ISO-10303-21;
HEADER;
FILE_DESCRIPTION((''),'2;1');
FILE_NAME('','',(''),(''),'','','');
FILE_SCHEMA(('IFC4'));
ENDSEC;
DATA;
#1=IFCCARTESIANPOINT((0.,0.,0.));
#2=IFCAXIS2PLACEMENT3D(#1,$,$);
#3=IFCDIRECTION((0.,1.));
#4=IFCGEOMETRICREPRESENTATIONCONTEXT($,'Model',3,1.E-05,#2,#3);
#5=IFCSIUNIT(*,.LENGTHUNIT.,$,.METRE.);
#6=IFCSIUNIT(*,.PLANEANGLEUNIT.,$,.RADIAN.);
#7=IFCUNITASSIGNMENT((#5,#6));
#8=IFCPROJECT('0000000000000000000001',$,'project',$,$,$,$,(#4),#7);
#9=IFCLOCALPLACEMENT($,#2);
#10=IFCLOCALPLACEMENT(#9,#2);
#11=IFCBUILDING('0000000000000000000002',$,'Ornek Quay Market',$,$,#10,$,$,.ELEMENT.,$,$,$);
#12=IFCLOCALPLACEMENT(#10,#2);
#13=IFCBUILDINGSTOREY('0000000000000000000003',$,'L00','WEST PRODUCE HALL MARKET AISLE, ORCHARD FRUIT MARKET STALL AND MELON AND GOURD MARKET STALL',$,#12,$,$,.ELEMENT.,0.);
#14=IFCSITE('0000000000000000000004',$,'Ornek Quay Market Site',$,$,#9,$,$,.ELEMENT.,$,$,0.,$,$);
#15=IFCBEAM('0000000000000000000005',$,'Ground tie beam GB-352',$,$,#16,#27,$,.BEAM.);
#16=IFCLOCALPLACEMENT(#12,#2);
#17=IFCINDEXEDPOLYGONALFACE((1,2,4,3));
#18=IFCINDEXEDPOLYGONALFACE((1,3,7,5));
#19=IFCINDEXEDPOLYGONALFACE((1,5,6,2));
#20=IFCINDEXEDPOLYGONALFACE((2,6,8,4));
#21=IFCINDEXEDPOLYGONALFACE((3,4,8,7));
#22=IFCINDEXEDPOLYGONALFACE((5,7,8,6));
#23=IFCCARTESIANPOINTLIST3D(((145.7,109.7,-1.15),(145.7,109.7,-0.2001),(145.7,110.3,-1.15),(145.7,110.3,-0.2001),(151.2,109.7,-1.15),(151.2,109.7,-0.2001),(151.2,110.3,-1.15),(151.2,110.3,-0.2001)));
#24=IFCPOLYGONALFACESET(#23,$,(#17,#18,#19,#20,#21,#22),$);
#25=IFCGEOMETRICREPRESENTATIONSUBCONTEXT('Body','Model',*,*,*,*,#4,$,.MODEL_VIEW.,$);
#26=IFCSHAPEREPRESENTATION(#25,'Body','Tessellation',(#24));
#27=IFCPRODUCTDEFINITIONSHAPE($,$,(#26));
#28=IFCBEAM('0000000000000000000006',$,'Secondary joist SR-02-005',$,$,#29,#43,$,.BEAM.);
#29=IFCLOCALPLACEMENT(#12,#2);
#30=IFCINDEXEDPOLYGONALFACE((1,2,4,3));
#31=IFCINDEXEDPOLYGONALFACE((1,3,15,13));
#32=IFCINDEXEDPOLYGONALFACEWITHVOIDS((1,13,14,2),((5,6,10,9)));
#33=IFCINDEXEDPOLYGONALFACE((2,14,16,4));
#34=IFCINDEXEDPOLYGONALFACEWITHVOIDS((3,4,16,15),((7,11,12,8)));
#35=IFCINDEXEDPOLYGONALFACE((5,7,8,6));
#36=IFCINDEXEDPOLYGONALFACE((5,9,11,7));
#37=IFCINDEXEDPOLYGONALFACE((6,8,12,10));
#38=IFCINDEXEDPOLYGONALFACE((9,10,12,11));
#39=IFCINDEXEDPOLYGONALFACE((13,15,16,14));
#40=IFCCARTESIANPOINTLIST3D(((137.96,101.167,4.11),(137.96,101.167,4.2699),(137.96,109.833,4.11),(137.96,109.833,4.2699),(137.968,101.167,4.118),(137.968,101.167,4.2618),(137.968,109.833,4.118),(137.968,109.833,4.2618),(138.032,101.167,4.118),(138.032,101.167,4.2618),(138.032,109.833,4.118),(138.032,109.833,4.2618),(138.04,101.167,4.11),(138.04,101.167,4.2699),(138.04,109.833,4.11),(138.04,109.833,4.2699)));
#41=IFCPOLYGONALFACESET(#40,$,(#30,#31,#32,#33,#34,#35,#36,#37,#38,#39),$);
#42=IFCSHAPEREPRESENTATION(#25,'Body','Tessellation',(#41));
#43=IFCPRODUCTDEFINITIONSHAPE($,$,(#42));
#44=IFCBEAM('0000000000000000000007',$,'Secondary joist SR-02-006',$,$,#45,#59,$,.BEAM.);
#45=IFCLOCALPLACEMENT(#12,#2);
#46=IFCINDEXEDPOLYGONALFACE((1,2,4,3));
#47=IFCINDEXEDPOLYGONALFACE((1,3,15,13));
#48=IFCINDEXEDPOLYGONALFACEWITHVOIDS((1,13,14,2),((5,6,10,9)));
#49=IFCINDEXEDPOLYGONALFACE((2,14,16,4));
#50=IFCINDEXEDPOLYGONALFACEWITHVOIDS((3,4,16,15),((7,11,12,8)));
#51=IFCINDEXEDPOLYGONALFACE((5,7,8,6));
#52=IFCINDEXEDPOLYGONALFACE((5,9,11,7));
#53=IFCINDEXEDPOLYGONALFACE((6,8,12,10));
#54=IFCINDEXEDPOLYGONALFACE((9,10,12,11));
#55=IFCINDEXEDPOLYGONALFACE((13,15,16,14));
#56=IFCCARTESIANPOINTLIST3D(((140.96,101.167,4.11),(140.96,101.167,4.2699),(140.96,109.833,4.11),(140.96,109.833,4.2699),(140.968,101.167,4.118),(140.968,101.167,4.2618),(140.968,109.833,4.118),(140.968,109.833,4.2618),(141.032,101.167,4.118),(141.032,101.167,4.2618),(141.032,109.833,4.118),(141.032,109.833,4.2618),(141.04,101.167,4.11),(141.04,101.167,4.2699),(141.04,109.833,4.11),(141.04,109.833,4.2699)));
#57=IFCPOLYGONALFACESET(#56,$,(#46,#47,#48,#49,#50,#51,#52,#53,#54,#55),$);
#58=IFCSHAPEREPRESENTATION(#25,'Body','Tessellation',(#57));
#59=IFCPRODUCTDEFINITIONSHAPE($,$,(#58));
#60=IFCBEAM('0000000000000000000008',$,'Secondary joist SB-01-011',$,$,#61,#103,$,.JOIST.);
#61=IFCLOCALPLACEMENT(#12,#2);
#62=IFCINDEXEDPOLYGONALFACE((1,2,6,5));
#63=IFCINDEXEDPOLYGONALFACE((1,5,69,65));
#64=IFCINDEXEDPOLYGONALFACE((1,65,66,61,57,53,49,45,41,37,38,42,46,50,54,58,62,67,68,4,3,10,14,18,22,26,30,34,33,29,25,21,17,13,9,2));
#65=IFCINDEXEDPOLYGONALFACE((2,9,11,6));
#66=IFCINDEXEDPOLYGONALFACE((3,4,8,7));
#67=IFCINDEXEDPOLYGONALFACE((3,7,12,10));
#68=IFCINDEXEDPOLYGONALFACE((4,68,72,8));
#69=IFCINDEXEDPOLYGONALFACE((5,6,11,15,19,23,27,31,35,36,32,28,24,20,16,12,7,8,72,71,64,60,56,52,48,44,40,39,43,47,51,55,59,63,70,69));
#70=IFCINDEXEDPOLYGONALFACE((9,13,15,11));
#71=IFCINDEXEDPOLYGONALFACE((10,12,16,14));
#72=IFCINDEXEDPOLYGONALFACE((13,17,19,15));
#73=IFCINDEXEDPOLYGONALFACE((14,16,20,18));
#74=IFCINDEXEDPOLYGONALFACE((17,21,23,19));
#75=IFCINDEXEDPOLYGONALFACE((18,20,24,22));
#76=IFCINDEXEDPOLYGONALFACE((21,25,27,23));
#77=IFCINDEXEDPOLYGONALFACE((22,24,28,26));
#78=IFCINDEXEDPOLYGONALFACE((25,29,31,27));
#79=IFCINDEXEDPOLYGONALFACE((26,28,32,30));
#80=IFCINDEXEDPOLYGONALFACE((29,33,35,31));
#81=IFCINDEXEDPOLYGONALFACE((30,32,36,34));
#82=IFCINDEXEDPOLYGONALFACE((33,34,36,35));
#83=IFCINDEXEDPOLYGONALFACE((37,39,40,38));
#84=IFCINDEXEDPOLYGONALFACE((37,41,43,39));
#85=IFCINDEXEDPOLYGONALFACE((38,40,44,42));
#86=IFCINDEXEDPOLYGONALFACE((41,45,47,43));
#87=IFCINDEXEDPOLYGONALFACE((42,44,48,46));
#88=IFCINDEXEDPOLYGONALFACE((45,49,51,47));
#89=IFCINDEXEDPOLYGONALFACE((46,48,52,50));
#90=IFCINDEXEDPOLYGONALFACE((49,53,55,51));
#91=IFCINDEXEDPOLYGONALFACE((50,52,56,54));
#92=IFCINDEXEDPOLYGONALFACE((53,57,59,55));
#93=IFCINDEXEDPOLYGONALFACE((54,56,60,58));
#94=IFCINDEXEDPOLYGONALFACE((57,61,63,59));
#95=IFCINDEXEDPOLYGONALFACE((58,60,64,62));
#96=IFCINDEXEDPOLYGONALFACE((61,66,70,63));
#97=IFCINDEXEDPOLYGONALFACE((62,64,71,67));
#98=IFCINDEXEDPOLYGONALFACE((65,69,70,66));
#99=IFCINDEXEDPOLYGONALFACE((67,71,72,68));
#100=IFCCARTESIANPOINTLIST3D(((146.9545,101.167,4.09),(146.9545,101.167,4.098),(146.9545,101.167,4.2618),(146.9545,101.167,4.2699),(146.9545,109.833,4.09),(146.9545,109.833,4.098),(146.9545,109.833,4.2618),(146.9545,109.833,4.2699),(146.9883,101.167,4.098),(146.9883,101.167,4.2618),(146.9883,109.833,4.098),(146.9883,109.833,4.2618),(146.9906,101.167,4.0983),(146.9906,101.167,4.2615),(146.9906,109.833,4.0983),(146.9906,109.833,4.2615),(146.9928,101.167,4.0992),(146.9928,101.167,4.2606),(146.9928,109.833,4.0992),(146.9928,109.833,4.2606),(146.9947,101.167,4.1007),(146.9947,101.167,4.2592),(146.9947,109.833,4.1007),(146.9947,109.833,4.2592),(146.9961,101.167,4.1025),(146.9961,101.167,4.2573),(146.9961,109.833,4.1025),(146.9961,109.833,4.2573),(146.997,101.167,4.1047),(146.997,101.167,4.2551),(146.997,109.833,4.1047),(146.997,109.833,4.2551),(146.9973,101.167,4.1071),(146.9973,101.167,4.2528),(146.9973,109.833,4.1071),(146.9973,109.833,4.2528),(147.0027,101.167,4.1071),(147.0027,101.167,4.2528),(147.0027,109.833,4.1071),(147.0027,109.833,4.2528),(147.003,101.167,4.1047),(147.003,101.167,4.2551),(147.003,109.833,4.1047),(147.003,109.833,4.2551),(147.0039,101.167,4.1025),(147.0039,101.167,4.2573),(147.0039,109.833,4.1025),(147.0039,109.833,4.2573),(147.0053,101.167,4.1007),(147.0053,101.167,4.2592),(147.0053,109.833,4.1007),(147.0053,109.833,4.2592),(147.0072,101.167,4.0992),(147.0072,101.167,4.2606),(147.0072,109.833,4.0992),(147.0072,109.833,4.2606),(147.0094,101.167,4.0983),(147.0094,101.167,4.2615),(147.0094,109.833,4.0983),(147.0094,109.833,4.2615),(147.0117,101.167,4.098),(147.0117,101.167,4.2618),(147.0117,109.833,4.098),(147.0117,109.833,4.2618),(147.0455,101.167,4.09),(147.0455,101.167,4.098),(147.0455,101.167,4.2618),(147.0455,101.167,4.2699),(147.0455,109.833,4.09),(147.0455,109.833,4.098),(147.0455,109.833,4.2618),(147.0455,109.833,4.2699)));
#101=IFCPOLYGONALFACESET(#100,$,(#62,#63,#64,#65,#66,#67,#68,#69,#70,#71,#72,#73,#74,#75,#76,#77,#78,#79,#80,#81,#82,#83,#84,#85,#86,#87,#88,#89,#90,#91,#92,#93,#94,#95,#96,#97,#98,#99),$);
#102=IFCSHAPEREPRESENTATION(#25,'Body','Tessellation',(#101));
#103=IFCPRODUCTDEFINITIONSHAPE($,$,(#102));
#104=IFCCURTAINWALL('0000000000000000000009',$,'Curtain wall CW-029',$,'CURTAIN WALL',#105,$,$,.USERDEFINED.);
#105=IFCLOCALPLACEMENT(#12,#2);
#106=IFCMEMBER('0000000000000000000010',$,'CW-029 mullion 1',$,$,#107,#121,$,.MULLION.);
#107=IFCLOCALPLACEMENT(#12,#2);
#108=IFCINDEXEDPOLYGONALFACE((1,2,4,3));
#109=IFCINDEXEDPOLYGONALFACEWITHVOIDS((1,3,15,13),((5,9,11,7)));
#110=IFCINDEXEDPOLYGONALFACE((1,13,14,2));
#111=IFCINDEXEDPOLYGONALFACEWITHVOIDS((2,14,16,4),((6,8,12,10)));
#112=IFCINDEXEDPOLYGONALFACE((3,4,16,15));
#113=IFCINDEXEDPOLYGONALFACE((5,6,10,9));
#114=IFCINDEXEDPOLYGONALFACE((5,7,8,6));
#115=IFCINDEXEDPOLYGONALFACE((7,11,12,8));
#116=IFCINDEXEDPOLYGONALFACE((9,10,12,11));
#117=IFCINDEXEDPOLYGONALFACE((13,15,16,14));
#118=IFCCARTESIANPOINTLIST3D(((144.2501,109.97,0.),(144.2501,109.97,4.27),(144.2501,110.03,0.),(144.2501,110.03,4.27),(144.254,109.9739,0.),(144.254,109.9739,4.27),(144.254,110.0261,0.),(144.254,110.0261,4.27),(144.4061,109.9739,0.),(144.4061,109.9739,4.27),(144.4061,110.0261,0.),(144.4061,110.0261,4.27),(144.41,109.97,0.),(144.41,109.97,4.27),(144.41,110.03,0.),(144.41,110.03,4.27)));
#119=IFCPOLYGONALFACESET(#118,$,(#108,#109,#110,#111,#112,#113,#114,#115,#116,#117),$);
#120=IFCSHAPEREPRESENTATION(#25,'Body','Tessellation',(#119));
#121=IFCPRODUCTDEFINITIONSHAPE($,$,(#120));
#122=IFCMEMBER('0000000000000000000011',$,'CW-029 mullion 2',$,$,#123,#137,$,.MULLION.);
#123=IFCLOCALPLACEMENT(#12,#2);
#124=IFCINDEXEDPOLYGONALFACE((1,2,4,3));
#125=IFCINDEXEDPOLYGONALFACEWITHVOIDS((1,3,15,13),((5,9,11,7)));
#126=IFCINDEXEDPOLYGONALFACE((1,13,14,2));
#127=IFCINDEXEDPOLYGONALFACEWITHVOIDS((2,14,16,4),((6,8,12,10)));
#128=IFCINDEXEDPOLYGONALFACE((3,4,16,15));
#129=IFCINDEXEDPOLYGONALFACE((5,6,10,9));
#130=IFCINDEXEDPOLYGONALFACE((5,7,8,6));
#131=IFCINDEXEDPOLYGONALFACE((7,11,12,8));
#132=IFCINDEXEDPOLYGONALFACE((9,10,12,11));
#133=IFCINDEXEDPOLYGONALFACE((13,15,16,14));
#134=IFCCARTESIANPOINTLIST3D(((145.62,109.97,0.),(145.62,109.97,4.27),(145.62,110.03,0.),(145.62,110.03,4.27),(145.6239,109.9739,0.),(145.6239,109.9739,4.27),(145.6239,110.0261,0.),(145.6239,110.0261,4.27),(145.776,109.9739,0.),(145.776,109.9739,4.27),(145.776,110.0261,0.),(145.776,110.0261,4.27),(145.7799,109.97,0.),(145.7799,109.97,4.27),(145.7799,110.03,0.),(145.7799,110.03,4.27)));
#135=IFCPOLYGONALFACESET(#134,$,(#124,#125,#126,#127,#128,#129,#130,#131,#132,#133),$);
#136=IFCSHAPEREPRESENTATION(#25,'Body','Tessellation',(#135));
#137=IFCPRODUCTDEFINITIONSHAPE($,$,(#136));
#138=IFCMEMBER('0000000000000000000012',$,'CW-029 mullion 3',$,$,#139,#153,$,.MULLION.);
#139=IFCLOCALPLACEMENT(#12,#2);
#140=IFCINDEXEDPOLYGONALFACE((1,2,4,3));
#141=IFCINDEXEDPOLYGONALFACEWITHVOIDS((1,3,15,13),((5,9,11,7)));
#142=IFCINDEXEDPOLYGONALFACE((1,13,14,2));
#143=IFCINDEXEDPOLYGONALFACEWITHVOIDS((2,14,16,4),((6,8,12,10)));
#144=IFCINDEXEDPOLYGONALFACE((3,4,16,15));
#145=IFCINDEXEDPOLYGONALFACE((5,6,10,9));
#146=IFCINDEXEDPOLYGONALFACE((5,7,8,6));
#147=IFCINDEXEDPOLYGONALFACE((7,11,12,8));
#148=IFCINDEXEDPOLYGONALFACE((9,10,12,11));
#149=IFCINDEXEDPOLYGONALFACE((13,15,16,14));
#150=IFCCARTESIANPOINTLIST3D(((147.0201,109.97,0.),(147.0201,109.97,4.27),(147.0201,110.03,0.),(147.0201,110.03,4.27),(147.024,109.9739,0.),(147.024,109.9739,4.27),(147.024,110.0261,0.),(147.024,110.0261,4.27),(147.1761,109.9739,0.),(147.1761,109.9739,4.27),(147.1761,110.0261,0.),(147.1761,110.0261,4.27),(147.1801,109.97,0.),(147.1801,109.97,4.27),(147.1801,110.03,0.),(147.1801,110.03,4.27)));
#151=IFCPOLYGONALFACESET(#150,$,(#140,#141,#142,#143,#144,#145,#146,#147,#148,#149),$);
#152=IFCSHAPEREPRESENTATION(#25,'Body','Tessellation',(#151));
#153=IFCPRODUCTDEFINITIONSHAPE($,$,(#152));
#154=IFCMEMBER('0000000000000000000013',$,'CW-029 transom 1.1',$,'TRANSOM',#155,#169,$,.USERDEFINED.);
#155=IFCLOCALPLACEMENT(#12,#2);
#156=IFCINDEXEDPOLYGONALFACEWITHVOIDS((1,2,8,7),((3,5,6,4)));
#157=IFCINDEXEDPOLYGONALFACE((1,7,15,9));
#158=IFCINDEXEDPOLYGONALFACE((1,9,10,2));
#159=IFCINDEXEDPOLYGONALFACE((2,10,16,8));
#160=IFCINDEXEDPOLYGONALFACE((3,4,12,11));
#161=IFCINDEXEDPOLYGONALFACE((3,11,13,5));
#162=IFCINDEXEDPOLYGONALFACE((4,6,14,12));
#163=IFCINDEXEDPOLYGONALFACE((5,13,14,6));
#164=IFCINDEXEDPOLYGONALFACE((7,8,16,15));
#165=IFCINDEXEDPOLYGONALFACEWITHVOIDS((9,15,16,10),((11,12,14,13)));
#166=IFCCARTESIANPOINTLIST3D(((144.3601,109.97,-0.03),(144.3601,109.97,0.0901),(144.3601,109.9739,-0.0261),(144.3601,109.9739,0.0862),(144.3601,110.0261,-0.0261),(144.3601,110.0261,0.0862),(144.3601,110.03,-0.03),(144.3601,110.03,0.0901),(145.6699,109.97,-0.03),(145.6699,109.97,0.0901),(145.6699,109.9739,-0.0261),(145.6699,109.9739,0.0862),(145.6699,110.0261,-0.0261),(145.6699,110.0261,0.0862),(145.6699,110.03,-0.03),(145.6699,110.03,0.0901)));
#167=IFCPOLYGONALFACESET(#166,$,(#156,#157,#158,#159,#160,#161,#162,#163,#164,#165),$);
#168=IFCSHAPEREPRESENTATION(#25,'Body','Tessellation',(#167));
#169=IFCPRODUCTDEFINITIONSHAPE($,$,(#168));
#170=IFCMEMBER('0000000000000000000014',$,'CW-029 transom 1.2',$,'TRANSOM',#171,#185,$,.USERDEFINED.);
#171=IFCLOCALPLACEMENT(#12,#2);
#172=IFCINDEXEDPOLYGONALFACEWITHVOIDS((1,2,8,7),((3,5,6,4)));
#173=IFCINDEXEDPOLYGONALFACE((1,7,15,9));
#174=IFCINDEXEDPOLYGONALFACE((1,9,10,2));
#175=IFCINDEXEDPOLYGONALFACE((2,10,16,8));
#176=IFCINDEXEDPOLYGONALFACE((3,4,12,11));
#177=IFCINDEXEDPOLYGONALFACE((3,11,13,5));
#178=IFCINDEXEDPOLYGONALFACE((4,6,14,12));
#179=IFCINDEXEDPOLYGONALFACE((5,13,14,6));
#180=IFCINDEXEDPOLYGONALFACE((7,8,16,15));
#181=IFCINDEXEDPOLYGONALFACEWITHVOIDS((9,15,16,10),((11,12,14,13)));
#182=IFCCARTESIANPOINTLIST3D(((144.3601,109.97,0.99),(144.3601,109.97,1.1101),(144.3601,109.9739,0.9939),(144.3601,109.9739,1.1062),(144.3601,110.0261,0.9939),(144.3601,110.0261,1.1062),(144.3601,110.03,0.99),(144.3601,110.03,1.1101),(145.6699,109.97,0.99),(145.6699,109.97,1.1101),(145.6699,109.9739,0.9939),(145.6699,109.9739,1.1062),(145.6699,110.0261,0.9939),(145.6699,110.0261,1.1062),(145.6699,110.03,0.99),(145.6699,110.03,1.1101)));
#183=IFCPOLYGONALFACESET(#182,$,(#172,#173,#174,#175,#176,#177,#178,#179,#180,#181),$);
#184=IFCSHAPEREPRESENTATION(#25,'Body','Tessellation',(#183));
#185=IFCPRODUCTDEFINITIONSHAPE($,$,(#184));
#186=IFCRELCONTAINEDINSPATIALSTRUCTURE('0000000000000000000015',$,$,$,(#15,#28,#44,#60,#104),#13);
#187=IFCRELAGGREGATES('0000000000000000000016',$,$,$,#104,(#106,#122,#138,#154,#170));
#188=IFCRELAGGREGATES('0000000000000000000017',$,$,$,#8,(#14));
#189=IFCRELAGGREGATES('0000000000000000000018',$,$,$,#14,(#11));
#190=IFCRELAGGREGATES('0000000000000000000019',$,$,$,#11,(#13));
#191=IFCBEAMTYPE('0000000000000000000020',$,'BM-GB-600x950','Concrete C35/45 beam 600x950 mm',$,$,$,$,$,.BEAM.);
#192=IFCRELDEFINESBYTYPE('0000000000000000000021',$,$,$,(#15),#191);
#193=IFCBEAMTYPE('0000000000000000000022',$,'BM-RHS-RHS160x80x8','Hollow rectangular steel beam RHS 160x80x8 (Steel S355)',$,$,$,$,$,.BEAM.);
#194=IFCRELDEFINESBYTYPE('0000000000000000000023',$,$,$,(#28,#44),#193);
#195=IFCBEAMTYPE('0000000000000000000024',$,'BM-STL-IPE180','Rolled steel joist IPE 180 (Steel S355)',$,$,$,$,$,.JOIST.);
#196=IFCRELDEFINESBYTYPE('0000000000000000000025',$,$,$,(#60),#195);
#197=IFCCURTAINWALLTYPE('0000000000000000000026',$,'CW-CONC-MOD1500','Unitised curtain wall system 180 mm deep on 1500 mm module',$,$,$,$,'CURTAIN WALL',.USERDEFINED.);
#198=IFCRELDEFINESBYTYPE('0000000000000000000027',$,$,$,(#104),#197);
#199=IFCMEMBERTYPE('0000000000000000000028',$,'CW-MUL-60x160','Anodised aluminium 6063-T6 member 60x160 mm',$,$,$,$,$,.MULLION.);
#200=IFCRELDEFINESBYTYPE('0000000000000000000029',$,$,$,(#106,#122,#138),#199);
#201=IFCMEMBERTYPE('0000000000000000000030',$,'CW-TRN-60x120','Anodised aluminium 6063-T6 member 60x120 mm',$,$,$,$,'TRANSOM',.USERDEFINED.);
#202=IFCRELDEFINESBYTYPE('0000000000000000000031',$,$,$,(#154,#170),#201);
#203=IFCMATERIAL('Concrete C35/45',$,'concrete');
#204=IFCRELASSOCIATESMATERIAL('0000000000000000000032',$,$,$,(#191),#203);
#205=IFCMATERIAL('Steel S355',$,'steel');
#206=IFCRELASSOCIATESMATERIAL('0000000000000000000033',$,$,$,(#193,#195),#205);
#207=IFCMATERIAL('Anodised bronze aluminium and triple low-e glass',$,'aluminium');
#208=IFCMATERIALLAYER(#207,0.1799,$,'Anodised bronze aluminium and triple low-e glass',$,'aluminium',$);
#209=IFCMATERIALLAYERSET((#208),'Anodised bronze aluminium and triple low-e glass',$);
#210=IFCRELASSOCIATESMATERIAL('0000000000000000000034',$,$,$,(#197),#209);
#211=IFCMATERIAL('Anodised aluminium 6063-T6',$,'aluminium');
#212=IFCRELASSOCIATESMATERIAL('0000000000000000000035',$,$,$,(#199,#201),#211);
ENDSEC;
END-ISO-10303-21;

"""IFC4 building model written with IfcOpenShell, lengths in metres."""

from ifc_helpers import new_model, si_unit, direction, frame, origin, origin_2d, place, context, subcontext, project, spatial, rectangle, hollow_rectangle, i_section, extrude, material, layer, layer_set, material_profile, profile_set, type_object, element, aggregate, save


model = new_model("IFC4")

# Units and contexts
model_context = context("Model", 3, precision=1e-05, world=origin(), true_north=direction((0.0, 1.0)))
body_context = subcontext(model_context, "Body", "Model", "MODEL_VIEW")
ifc_project = project(units=[si_unit("LENGTHUNIT", "METRE"), si_unit("PLANEANGLEUNIT", "RADIAN")], contexts=[model_context])

# Site, building, storey
site_placement = place(None, origin())
site = spatial("IfcSite", under=ifc_project, at=site_placement, Name="Ornek Quay Market Site", CompositionType="ELEMENT", RefElevation=0.0)
building_placement = place(site_placement, origin())
building = spatial("IfcBuilding", under=site, at=building_placement, Name="Ornek Quay Market", CompositionType="ELEMENT")
storey_placement = place(building_placement, origin())
storey = spatial("IfcBuildingStorey", under=building, at=storey_placement, Name="L00", Description="WEST PRODUCE HALL MARKET AISLE, ORCHARD FRUIT MARKET STALL AND MELON AND GOURD MARKET STALL", CompositionType="ELEMENT", Elevation=0.0)

# Shared definitions
ifc_material_1 = material(Name="Concrete C35/45", Category="concrete")

# Shared definitions
ifc_material_2 = material(Name="Steel S355", Category="steel")

# Beams
ifc_material_profile_1 = material_profile(ifc_material_1, rectangle(XDim=0.6001, YDim=0.95, at=origin_2d()), Name="RC 600x950", Category="concrete")
ifc_profile_set_1 = profile_set([ifc_material_profile_1], Name="Concrete C35/45")
beam_type_1 = type_object("IfcBeamType", Name="BM-GB-600x950", Description="Concrete C35/45 beam 600x950 mm", PredefinedType="BEAM", material=ifc_profile_set_1)
beam_1_placement = place(storey_placement, frame((145.7, 110.0, -0.675), z_axis=(1.0, 0.0, 0.0), x_axis=(0.0, 1.0, 0.0)))
element("IfcBeam", 1, at=beam_1_placement, inside=storey, type_object=beam_type_1, Name="Ground tie beam GB-352", PredefinedType="BEAM", context=body_context, shape_type="SweptSolid", body=[
    extrude(rectangle(XDim=0.6001, YDim=0.95, at=origin_2d()), origin(), (0.0, 0.0, 1.0), 5.5),
])
ifc_material_profile_2 = material_profile(ifc_material_2, hollow_rectangle(XDim=0.0801, YDim=0.1599, WallThickness=0.0081, at=origin_2d()), Name="RHS 160x80x8", Category="steel")
ifc_profile_set_2 = profile_set([ifc_material_profile_2], Name="Steel S355")
beam_type_2 = type_object("IfcBeamType", Name="BM-RHS-RHS160x80x8", Description="Hollow rectangular steel beam RHS 160x80x8 (Steel S355)", PredefinedType="BEAM", material=ifc_profile_set_2)
for number, where, z_axis, x_axis, name in (
    (2, (138.0, 101.167, 4.1899), (0.0, 1.0, 0.0), (-1.0, 0.0, 0.0), "Secondary joist SR-02-005"),
    (3, (141.0, 101.167, 4.1899), (0.0, 1.0, 0.0), (-1.0, 0.0, 0.0), "Secondary joist SR-02-006"),
):
    element("IfcBeam", number, at=place(storey_placement, frame(where, z_axis=z_axis, x_axis=x_axis)), inside=storey, type_object=beam_type_2, Name=name, PredefinedType="BEAM", context=body_context, shape_type="SweptSolid", body=[
        extrude(hollow_rectangle(XDim=0.0801, YDim=0.1599, WallThickness=0.0081, at=origin_2d()), origin(), (0.0, 0.0, 1.0), 8.666),
    ])
ifc_material_profile_3 = material_profile(ifc_material_2, i_section(OverallWidth=0.0911, OverallDepth=0.1799, WebThickness=0.0054, FlangeThickness=0.0081, FilletRadius=0.009, at=origin_2d()), Name="IPE 180", Category="steel")
ifc_profile_set_3 = profile_set([ifc_material_profile_3], Name="Steel S355")
beam_type_3 = type_object("IfcBeamType", Name="BM-STL-IPE180", Description="Rolled steel joist IPE 180 (Steel S355)", PredefinedType="JOIST", material=ifc_profile_set_3)
beam_2_placement = place(storey_placement, frame((147.0, 101.167, 4.1799), z_axis=(0.0, 1.0, 0.0), x_axis=(-1.0, 0.0, 0.0)))
element("IfcBeam", 4, at=beam_2_placement, inside=storey, type_object=beam_type_3, Name="Secondary joist SB-01-011", PredefinedType="JOIST", context=body_context, shape_type="SweptSolid", body=[
    extrude(i_section(OverallWidth=0.0911, OverallDepth=0.1799, WebThickness=0.0054, FlangeThickness=0.0081, FilletRadius=0.009, at=origin_2d()), origin(), (0.0, 0.0, 1.0), 8.666),
])

# Curtain wall, members
ifc_material_3 = material(Name="Anodised bronze aluminium and triple low-e glass", Category="aluminium")
ifc_layer_1 = layer(ifc_material_3, 0.1799, Name="Anodised bronze aluminium and triple low-e glass", Category="aluminium")
ifc_layer_set_1 = layer_set([ifc_layer_1], Name="Anodised bronze aluminium and triple low-e glass")
curtain_wall_type = type_object("IfcCurtainWallType", Name="CW-CONC-MOD1500", Description="Unitised curtain wall system 180 mm deep on 1500 mm module", ElementType="CURTAIN WALL", PredefinedType="USERDEFINED", material=ifc_layer_set_1)
curtain_wall_placement = place(storey_placement, origin())
curtain_wall = element("IfcCurtainWall", 5, at=curtain_wall_placement, inside=storey, type_object=curtain_wall_type, Name="Curtain wall CW-029", ObjectType="CURTAIN WALL", PredefinedType="USERDEFINED")
ifc_material_4 = material(Name="Anodised aluminium 6063-T6", Category="aluminium")
ifc_material_profile_4 = material_profile(ifc_material_4, hollow_rectangle(XDim=0.0601, YDim=0.1599, WallThickness=0.0039, at=origin_2d()), Name="CW-MUL-60x160", Category="aluminium")
ifc_profile_set_4 = profile_set([ifc_material_profile_4], Name="Anodised aluminium 6063-T6")
member_type_1 = type_object("IfcMemberType", Name="CW-MUL-60x160", Description="Anodised aluminium 6063-T6 member 60x160 mm", PredefinedType="MULLION", material=ifc_profile_set_4)
member_1_placement = place(storey_placement, frame((144.3301, 110.0, 0.0), z_axis=(0.0, 0.0, 1.0), x_axis=(0.0, 1.0, 0.0)))
member_1 = element("IfcMember", 6, at=member_1_placement, type_object=member_type_1, Name="CW-029 mullion 1", PredefinedType="MULLION", context=body_context, shape_type="SweptSolid", body=[
    extrude(hollow_rectangle(XDim=0.0601, YDim=0.1599, WallThickness=0.0039, at=origin_2d()), origin(), (0.0, 0.0, 1.0), 4.27),
])
member_2_placement = place(storey_placement, frame((145.7, 110.0, 0.0), z_axis=(0.0, 0.0, 1.0), x_axis=(0.0, 1.0, 0.0)))
member_2 = element("IfcMember", 7, at=member_2_placement, type_object=member_type_1, Name="CW-029 mullion 2", PredefinedType="MULLION", context=body_context, shape_type="SweptSolid", body=[
    extrude(hollow_rectangle(XDim=0.0601, YDim=0.1599, WallThickness=0.0039, at=origin_2d()), origin(), (0.0, 0.0, 1.0), 4.27),
])
member_3_placement = place(storey_placement, frame((147.1001, 110.0, 0.0), z_axis=(0.0, 0.0, 1.0), x_axis=(0.0, 1.0, 0.0)))
member_3 = element("IfcMember", 8, at=member_3_placement, type_object=member_type_1, Name="CW-029 mullion 3", PredefinedType="MULLION", context=body_context, shape_type="SweptSolid", body=[
    extrude(hollow_rectangle(XDim=0.0601, YDim=0.1599, WallThickness=0.0039, at=origin_2d()), origin(), (0.0, 0.0, 1.0), 4.27),
])
ifc_material_profile_5 = material_profile(ifc_material_4, hollow_rectangle(XDim=0.0601, YDim=0.1201, WallThickness=0.0039, at=origin_2d()), Name="CW-TRN-60x120", Category="aluminium")
ifc_profile_set_5 = profile_set([ifc_material_profile_5], Name="Anodised aluminium 6063-T6")
member_type_2 = type_object("IfcMemberType", Name="CW-TRN-60x120", Description="Anodised aluminium 6063-T6 member 60x120 mm", ElementType="TRANSOM", PredefinedType="USERDEFINED", material=ifc_profile_set_5)
member_4_placement = place(storey_placement, frame((144.3601, 110.0, 0.03), z_axis=(1.0, 0.0, 0.0), x_axis=(0.0, 1.0, 0.0)))
member_4 = element("IfcMember", 9, at=member_4_placement, type_object=member_type_2, Name="CW-029 transom 1.1", ObjectType="TRANSOM", PredefinedType="USERDEFINED", context=body_context, shape_type="SweptSolid", body=[
    extrude(hollow_rectangle(XDim=0.0601, YDim=0.1201, WallThickness=0.0039, at=origin_2d()), origin(), (0.0, 0.0, 1.0), 1.3098),
])
member_5_placement = place(storey_placement, frame((144.3601, 110.0, 1.05), z_axis=(1.0, 0.0, 0.0), x_axis=(0.0, 1.0, 0.0)))
member_5 = element("IfcMember", 10, at=member_5_placement, type_object=member_type_2, Name="CW-029 transom 1.2", ObjectType="TRANSOM", PredefinedType="USERDEFINED", context=body_context, shape_type="SweptSolid", body=[
    extrude(hollow_rectangle(XDim=0.0601, YDim=0.1201, WallThickness=0.0039, at=origin_2d()), origin(), (0.0, 0.0, 1.0), 1.3098),
])
aggregate(curtain_wall, [member_1, member_2, member_3, member_4, member_5])

save(model, "model.ifc")
